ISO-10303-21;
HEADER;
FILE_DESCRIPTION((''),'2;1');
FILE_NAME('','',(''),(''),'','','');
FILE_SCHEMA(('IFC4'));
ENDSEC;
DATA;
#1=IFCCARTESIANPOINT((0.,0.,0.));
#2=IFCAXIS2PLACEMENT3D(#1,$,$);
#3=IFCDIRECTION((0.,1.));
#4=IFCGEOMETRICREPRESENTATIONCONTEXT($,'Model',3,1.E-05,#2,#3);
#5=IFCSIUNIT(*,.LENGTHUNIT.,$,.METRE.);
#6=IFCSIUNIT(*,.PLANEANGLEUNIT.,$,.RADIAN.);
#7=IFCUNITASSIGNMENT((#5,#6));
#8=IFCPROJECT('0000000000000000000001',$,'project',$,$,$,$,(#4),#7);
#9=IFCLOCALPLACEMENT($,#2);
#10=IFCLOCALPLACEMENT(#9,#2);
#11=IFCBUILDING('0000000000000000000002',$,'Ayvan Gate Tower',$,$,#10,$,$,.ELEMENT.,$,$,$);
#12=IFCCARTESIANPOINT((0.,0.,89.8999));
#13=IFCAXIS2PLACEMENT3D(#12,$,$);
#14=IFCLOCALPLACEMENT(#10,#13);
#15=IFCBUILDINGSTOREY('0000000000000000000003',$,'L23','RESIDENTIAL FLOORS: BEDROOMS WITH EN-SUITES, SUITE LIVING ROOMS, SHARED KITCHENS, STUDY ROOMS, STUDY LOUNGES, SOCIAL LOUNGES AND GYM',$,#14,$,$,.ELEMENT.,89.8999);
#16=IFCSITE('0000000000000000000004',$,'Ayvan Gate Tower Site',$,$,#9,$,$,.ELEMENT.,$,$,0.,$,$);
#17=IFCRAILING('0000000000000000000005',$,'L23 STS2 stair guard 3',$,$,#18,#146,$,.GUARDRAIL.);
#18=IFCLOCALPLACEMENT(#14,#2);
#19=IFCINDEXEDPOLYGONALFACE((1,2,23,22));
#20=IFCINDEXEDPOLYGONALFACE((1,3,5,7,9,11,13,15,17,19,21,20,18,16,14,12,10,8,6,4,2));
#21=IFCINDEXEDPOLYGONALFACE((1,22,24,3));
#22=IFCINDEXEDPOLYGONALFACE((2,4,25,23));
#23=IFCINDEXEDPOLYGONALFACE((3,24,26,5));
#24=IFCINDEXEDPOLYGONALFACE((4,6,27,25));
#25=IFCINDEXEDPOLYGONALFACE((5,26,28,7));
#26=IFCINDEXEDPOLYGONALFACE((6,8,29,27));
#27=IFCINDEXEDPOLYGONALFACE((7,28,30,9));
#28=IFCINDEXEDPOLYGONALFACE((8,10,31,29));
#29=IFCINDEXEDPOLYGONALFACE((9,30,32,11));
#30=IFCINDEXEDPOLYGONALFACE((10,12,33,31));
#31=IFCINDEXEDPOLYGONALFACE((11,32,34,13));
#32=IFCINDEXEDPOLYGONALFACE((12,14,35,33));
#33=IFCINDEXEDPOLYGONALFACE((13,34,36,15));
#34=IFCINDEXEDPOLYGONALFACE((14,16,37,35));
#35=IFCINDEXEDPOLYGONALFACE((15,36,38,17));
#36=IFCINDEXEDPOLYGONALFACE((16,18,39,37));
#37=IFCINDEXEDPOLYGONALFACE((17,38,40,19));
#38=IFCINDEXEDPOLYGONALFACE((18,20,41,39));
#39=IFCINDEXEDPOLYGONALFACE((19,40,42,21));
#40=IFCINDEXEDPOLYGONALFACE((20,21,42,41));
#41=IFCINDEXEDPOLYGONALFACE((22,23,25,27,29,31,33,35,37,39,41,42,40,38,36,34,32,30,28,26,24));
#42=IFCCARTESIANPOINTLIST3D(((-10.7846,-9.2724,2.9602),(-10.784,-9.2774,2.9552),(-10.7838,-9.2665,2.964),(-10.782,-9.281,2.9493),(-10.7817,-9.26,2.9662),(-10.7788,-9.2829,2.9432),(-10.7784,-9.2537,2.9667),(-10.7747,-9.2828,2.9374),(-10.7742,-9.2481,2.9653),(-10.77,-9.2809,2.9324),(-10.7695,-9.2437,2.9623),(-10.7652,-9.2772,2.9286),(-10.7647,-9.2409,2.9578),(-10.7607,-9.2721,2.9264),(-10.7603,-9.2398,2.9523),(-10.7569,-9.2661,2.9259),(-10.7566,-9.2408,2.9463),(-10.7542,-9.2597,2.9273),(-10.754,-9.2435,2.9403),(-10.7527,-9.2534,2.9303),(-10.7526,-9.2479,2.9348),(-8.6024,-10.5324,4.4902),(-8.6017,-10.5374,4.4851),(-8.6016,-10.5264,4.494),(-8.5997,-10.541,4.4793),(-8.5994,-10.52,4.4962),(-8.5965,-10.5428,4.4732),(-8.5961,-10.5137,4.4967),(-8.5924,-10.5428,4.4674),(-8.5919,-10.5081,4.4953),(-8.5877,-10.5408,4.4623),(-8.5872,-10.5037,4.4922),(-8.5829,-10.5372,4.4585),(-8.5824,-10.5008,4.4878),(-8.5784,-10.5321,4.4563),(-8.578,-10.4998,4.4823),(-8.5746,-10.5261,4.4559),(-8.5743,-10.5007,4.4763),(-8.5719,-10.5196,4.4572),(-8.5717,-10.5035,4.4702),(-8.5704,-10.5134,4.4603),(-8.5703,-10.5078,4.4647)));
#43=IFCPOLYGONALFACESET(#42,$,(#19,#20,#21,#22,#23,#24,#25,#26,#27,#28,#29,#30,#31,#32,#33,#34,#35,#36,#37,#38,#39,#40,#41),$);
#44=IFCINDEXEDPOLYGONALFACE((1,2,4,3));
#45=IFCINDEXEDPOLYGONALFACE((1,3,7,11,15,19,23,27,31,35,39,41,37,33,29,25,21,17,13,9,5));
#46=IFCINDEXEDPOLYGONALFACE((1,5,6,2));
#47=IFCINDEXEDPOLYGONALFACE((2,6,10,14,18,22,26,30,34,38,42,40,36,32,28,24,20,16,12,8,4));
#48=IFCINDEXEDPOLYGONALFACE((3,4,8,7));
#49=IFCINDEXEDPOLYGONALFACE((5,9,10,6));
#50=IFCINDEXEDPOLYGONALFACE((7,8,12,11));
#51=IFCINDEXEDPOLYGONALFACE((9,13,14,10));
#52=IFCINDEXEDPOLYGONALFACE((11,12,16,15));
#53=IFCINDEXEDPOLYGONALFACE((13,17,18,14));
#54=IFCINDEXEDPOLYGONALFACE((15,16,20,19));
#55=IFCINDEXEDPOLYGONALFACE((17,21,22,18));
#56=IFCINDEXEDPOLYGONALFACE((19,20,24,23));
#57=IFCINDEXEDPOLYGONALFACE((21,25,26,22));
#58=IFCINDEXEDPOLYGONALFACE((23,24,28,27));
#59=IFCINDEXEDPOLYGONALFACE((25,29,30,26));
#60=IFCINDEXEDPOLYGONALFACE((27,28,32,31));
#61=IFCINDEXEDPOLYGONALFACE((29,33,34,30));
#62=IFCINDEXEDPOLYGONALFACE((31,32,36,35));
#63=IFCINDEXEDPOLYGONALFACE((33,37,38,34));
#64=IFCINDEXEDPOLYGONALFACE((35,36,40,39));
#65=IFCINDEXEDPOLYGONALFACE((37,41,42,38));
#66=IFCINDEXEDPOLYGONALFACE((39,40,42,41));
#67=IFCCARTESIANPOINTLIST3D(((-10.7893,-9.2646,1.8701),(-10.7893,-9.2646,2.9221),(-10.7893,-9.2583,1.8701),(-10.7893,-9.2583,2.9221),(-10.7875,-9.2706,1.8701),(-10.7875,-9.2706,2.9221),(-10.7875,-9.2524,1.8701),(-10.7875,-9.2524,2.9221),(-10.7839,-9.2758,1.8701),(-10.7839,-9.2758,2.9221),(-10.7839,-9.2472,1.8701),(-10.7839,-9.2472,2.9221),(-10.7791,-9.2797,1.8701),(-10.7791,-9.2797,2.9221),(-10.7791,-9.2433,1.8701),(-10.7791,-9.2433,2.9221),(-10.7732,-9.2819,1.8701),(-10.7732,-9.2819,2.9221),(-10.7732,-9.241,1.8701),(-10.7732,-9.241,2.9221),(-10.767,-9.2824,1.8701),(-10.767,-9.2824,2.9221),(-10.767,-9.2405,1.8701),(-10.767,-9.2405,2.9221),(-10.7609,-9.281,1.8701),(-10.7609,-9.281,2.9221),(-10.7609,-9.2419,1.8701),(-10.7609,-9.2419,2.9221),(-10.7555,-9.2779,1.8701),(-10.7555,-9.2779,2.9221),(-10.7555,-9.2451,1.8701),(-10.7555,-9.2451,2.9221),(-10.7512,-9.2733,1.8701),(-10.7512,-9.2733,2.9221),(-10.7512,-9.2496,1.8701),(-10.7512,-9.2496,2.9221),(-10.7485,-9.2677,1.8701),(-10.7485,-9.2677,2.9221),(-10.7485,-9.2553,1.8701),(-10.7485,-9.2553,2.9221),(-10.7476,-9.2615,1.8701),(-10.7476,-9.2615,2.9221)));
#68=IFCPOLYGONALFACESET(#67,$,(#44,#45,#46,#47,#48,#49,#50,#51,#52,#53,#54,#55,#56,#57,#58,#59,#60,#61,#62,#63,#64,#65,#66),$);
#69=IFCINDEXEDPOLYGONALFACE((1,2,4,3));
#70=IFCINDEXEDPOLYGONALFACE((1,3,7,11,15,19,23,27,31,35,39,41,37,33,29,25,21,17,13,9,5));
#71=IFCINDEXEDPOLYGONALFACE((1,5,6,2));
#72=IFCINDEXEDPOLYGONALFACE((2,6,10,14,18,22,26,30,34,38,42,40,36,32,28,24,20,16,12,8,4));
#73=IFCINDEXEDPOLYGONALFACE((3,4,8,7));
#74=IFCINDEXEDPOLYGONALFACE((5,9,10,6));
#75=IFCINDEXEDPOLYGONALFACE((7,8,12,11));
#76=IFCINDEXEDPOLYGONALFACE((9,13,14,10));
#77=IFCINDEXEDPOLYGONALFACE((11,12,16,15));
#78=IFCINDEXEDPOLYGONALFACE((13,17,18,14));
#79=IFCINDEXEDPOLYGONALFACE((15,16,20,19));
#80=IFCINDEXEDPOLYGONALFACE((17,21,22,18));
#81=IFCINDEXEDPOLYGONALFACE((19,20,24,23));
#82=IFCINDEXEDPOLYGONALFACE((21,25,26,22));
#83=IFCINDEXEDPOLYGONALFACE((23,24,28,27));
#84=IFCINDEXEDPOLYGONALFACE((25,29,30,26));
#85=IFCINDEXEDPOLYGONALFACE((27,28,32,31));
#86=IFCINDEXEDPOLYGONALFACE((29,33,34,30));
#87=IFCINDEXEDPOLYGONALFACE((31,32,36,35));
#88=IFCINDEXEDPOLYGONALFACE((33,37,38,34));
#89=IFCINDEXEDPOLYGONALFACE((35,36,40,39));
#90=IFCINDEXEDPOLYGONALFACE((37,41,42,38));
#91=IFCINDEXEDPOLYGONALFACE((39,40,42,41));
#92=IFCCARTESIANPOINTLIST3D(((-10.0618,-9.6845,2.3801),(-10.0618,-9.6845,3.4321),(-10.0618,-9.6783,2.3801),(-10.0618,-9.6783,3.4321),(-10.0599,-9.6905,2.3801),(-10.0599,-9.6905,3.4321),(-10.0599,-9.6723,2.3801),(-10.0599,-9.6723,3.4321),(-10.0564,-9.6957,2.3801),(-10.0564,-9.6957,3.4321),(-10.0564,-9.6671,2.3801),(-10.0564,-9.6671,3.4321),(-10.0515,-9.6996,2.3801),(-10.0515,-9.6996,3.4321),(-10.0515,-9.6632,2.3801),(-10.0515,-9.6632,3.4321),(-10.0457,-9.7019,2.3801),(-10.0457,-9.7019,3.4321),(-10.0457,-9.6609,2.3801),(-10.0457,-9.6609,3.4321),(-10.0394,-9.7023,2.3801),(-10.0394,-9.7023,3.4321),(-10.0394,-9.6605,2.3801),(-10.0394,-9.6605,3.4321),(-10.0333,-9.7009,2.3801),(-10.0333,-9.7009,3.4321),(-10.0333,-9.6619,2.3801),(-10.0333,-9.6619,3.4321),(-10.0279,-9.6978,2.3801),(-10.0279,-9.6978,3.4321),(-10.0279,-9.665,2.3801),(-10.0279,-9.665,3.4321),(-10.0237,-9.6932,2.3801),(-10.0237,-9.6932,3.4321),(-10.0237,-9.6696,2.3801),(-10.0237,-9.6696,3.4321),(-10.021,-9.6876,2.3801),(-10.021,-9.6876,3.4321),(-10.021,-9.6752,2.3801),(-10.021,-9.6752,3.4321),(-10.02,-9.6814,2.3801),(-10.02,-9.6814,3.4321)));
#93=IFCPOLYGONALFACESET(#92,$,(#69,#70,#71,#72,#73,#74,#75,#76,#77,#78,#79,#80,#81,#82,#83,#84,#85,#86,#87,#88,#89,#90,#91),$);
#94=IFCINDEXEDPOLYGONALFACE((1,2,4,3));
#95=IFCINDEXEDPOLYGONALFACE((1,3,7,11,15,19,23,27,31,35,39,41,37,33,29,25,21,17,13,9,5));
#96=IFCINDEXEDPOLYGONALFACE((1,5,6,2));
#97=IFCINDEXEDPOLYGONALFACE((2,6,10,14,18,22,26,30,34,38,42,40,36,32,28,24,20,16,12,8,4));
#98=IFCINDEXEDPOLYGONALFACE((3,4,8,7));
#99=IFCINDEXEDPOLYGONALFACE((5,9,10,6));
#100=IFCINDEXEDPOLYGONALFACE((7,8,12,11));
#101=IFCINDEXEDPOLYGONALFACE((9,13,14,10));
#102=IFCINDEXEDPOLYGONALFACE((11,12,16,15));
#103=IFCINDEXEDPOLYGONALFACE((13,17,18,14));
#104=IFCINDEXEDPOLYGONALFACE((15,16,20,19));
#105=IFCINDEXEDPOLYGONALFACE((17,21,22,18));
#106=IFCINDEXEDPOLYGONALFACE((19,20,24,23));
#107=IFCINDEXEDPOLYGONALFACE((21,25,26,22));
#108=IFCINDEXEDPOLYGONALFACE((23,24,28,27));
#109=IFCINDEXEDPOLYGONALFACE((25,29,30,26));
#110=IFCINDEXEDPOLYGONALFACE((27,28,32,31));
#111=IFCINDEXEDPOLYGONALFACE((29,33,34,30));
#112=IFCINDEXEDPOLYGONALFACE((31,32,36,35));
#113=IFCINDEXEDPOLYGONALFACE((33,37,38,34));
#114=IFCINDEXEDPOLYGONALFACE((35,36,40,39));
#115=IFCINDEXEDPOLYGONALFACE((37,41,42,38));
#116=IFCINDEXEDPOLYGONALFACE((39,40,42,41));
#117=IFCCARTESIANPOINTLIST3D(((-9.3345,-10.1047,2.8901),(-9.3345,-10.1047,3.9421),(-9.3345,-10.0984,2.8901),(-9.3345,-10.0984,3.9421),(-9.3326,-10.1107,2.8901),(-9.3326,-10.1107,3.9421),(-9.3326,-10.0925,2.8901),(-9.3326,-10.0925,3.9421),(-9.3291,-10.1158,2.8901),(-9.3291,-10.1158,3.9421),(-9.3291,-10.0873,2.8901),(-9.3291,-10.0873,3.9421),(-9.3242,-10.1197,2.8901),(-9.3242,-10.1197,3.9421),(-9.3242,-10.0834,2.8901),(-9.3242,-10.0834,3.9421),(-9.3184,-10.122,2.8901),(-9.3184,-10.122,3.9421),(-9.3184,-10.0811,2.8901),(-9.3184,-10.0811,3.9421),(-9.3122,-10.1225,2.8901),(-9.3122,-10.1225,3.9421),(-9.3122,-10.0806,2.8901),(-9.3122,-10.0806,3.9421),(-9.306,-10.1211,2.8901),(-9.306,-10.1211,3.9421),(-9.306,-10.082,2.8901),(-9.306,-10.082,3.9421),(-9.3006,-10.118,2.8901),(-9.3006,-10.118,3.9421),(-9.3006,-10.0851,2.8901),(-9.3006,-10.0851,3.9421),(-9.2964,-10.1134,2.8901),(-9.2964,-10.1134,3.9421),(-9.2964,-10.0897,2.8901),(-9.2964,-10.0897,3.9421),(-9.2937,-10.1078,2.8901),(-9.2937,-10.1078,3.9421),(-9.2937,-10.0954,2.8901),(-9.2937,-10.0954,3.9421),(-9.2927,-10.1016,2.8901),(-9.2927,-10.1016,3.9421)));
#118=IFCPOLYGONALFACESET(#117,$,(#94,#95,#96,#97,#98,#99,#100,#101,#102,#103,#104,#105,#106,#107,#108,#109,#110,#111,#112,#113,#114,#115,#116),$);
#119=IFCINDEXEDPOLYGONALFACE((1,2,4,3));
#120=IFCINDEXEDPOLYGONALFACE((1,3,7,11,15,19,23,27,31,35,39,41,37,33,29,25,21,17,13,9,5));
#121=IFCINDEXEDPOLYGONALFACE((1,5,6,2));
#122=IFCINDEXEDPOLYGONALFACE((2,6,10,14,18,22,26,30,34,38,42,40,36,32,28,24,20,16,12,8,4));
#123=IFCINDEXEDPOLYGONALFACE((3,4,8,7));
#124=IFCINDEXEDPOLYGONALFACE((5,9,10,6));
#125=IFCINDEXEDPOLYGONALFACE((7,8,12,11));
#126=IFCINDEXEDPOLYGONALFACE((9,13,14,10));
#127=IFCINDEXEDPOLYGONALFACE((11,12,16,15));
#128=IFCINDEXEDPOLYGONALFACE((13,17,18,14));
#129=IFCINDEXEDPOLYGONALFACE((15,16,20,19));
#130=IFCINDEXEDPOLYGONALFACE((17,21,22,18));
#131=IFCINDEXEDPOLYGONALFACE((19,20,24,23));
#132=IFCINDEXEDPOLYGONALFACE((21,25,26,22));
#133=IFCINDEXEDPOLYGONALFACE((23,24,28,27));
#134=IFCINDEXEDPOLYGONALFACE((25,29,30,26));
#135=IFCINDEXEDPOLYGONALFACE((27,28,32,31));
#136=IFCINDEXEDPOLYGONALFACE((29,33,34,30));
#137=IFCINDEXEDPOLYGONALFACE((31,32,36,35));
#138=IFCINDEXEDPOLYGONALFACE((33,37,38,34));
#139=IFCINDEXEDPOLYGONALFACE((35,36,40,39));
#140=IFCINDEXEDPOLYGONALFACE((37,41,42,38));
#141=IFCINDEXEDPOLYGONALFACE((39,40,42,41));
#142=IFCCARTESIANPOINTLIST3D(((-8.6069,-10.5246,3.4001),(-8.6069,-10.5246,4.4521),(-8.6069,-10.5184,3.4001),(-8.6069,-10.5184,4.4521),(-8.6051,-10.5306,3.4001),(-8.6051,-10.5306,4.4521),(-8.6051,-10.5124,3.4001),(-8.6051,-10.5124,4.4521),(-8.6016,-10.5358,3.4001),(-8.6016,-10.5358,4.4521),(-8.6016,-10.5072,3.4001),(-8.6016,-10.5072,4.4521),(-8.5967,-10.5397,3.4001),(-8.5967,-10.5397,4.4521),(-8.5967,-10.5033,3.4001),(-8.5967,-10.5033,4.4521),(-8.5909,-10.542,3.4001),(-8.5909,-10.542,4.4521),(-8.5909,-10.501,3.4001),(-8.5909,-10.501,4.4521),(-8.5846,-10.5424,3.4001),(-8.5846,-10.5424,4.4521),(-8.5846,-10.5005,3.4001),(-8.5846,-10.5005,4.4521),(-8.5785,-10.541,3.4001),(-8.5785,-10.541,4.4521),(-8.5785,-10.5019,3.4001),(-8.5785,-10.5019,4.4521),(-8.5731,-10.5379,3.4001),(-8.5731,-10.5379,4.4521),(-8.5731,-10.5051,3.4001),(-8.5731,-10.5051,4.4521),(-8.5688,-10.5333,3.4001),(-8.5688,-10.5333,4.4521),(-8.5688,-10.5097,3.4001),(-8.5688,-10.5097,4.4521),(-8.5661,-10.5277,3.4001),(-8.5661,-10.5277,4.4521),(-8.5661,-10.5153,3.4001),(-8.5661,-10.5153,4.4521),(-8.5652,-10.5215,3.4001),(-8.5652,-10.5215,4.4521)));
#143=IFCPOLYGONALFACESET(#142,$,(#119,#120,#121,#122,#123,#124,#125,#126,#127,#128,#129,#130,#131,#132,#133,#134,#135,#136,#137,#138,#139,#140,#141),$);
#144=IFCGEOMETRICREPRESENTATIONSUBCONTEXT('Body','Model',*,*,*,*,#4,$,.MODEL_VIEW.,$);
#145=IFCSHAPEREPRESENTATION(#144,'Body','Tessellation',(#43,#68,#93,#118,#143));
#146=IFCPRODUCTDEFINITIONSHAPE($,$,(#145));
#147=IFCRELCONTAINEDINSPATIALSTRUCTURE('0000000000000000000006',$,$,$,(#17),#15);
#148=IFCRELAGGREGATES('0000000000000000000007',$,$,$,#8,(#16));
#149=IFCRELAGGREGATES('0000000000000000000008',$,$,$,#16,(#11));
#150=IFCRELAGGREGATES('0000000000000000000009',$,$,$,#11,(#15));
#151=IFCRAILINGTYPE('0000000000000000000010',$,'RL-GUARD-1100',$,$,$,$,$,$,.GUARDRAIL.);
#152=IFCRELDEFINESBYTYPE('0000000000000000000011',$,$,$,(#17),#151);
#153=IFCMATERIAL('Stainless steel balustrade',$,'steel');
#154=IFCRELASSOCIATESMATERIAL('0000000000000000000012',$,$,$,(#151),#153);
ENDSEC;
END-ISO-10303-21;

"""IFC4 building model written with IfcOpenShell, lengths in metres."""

from ifc_helpers import new_model, si_unit, direction, frame, origin, origin_2d, place, context, subcontext, project, spatial, circle, extrude, material, type_object, element, save


model = new_model("IFC4")

# Units and contexts
model_context = context("Model", 3, precision=1e-05, world=origin(), true_north=direction((0.0, 1.0)))
body_context = subcontext(model_context, "Body", "Model", "MODEL_VIEW")
ifc_project = project(units=[si_unit("LENGTHUNIT", "METRE"), si_unit("PLANEANGLEUNIT", "RADIAN")], contexts=[model_context])

# Site, building, storey
site_placement = place(None, origin())
site = spatial("IfcSite", under=ifc_project, at=site_placement, Name="Ayvan Gate Tower Site", CompositionType="ELEMENT", RefElevation=0.0)
building_placement = place(site_placement, origin())
building = spatial("IfcBuilding", under=site, at=building_placement, Name="Ayvan Gate Tower", CompositionType="ELEMENT")
storey_placement = place(building_placement, frame((0.0, 0.0, 89.8999)))
storey = spatial("IfcBuildingStorey", under=building, at=storey_placement, Name="L23", Description="RESIDENTIAL FLOORS: BEDROOMS WITH EN-SUITES, SUITE LIVING ROOMS, SHARED KITCHENS, STUDY ROOMS, STUDY LOUNGES, SOCIAL LOUNGES AND GYM", CompositionType="ELEMENT", Elevation=89.8999)

# Railing
ifc_material_1 = material(Name="Stainless steel balustrade", Category="steel")
railing_type_1 = type_object("IfcRailingType", Name="RL-GUARD-1100", PredefinedType="GUARDRAIL", material=ifc_material_1)
railing_1_placement = place(storey_placement, frame((-10.7686, -9.2615, 1.8701)))
element("IfcRailing", 1, at=railing_1_placement, inside=storey, type_object=railing_type_1, Name="L23 STS2 stair guard 3", PredefinedType="GUARDRAIL", context=body_context, shape_type="SweptSolid", body=[
    extrude(circle(Radius=0.0239, at=origin_2d()), frame((0.0, 0.0, 1.0762), z_axis=(0.740261, -0.427395, 0.518986), x_axis=(0.500005, 0.866023, 0.0)), (0.0, 0.0, 1.0), 2.948),
    extrude(circle(Radius=0.021, at=origin_2d()), origin(), (0.0, 0.0, 1.0), 1.052),
    extrude(circle(Radius=0.021, at=origin_2d()), frame((0.7275, -0.4199, 0.51)), (0.0, 0.0, 1.0), 1.052),
    extrude(circle(Radius=0.021, at=origin_2d()), frame((1.4548, -0.8401, 1.02)), (0.0, 0.0, 1.0), 1.052),
    extrude(circle(Radius=0.021, at=origin_2d()), frame((2.1824, -1.26, 1.53)), (0.0, 0.0, 1.0), 1.052),
])

save(model, "model.ifc")
